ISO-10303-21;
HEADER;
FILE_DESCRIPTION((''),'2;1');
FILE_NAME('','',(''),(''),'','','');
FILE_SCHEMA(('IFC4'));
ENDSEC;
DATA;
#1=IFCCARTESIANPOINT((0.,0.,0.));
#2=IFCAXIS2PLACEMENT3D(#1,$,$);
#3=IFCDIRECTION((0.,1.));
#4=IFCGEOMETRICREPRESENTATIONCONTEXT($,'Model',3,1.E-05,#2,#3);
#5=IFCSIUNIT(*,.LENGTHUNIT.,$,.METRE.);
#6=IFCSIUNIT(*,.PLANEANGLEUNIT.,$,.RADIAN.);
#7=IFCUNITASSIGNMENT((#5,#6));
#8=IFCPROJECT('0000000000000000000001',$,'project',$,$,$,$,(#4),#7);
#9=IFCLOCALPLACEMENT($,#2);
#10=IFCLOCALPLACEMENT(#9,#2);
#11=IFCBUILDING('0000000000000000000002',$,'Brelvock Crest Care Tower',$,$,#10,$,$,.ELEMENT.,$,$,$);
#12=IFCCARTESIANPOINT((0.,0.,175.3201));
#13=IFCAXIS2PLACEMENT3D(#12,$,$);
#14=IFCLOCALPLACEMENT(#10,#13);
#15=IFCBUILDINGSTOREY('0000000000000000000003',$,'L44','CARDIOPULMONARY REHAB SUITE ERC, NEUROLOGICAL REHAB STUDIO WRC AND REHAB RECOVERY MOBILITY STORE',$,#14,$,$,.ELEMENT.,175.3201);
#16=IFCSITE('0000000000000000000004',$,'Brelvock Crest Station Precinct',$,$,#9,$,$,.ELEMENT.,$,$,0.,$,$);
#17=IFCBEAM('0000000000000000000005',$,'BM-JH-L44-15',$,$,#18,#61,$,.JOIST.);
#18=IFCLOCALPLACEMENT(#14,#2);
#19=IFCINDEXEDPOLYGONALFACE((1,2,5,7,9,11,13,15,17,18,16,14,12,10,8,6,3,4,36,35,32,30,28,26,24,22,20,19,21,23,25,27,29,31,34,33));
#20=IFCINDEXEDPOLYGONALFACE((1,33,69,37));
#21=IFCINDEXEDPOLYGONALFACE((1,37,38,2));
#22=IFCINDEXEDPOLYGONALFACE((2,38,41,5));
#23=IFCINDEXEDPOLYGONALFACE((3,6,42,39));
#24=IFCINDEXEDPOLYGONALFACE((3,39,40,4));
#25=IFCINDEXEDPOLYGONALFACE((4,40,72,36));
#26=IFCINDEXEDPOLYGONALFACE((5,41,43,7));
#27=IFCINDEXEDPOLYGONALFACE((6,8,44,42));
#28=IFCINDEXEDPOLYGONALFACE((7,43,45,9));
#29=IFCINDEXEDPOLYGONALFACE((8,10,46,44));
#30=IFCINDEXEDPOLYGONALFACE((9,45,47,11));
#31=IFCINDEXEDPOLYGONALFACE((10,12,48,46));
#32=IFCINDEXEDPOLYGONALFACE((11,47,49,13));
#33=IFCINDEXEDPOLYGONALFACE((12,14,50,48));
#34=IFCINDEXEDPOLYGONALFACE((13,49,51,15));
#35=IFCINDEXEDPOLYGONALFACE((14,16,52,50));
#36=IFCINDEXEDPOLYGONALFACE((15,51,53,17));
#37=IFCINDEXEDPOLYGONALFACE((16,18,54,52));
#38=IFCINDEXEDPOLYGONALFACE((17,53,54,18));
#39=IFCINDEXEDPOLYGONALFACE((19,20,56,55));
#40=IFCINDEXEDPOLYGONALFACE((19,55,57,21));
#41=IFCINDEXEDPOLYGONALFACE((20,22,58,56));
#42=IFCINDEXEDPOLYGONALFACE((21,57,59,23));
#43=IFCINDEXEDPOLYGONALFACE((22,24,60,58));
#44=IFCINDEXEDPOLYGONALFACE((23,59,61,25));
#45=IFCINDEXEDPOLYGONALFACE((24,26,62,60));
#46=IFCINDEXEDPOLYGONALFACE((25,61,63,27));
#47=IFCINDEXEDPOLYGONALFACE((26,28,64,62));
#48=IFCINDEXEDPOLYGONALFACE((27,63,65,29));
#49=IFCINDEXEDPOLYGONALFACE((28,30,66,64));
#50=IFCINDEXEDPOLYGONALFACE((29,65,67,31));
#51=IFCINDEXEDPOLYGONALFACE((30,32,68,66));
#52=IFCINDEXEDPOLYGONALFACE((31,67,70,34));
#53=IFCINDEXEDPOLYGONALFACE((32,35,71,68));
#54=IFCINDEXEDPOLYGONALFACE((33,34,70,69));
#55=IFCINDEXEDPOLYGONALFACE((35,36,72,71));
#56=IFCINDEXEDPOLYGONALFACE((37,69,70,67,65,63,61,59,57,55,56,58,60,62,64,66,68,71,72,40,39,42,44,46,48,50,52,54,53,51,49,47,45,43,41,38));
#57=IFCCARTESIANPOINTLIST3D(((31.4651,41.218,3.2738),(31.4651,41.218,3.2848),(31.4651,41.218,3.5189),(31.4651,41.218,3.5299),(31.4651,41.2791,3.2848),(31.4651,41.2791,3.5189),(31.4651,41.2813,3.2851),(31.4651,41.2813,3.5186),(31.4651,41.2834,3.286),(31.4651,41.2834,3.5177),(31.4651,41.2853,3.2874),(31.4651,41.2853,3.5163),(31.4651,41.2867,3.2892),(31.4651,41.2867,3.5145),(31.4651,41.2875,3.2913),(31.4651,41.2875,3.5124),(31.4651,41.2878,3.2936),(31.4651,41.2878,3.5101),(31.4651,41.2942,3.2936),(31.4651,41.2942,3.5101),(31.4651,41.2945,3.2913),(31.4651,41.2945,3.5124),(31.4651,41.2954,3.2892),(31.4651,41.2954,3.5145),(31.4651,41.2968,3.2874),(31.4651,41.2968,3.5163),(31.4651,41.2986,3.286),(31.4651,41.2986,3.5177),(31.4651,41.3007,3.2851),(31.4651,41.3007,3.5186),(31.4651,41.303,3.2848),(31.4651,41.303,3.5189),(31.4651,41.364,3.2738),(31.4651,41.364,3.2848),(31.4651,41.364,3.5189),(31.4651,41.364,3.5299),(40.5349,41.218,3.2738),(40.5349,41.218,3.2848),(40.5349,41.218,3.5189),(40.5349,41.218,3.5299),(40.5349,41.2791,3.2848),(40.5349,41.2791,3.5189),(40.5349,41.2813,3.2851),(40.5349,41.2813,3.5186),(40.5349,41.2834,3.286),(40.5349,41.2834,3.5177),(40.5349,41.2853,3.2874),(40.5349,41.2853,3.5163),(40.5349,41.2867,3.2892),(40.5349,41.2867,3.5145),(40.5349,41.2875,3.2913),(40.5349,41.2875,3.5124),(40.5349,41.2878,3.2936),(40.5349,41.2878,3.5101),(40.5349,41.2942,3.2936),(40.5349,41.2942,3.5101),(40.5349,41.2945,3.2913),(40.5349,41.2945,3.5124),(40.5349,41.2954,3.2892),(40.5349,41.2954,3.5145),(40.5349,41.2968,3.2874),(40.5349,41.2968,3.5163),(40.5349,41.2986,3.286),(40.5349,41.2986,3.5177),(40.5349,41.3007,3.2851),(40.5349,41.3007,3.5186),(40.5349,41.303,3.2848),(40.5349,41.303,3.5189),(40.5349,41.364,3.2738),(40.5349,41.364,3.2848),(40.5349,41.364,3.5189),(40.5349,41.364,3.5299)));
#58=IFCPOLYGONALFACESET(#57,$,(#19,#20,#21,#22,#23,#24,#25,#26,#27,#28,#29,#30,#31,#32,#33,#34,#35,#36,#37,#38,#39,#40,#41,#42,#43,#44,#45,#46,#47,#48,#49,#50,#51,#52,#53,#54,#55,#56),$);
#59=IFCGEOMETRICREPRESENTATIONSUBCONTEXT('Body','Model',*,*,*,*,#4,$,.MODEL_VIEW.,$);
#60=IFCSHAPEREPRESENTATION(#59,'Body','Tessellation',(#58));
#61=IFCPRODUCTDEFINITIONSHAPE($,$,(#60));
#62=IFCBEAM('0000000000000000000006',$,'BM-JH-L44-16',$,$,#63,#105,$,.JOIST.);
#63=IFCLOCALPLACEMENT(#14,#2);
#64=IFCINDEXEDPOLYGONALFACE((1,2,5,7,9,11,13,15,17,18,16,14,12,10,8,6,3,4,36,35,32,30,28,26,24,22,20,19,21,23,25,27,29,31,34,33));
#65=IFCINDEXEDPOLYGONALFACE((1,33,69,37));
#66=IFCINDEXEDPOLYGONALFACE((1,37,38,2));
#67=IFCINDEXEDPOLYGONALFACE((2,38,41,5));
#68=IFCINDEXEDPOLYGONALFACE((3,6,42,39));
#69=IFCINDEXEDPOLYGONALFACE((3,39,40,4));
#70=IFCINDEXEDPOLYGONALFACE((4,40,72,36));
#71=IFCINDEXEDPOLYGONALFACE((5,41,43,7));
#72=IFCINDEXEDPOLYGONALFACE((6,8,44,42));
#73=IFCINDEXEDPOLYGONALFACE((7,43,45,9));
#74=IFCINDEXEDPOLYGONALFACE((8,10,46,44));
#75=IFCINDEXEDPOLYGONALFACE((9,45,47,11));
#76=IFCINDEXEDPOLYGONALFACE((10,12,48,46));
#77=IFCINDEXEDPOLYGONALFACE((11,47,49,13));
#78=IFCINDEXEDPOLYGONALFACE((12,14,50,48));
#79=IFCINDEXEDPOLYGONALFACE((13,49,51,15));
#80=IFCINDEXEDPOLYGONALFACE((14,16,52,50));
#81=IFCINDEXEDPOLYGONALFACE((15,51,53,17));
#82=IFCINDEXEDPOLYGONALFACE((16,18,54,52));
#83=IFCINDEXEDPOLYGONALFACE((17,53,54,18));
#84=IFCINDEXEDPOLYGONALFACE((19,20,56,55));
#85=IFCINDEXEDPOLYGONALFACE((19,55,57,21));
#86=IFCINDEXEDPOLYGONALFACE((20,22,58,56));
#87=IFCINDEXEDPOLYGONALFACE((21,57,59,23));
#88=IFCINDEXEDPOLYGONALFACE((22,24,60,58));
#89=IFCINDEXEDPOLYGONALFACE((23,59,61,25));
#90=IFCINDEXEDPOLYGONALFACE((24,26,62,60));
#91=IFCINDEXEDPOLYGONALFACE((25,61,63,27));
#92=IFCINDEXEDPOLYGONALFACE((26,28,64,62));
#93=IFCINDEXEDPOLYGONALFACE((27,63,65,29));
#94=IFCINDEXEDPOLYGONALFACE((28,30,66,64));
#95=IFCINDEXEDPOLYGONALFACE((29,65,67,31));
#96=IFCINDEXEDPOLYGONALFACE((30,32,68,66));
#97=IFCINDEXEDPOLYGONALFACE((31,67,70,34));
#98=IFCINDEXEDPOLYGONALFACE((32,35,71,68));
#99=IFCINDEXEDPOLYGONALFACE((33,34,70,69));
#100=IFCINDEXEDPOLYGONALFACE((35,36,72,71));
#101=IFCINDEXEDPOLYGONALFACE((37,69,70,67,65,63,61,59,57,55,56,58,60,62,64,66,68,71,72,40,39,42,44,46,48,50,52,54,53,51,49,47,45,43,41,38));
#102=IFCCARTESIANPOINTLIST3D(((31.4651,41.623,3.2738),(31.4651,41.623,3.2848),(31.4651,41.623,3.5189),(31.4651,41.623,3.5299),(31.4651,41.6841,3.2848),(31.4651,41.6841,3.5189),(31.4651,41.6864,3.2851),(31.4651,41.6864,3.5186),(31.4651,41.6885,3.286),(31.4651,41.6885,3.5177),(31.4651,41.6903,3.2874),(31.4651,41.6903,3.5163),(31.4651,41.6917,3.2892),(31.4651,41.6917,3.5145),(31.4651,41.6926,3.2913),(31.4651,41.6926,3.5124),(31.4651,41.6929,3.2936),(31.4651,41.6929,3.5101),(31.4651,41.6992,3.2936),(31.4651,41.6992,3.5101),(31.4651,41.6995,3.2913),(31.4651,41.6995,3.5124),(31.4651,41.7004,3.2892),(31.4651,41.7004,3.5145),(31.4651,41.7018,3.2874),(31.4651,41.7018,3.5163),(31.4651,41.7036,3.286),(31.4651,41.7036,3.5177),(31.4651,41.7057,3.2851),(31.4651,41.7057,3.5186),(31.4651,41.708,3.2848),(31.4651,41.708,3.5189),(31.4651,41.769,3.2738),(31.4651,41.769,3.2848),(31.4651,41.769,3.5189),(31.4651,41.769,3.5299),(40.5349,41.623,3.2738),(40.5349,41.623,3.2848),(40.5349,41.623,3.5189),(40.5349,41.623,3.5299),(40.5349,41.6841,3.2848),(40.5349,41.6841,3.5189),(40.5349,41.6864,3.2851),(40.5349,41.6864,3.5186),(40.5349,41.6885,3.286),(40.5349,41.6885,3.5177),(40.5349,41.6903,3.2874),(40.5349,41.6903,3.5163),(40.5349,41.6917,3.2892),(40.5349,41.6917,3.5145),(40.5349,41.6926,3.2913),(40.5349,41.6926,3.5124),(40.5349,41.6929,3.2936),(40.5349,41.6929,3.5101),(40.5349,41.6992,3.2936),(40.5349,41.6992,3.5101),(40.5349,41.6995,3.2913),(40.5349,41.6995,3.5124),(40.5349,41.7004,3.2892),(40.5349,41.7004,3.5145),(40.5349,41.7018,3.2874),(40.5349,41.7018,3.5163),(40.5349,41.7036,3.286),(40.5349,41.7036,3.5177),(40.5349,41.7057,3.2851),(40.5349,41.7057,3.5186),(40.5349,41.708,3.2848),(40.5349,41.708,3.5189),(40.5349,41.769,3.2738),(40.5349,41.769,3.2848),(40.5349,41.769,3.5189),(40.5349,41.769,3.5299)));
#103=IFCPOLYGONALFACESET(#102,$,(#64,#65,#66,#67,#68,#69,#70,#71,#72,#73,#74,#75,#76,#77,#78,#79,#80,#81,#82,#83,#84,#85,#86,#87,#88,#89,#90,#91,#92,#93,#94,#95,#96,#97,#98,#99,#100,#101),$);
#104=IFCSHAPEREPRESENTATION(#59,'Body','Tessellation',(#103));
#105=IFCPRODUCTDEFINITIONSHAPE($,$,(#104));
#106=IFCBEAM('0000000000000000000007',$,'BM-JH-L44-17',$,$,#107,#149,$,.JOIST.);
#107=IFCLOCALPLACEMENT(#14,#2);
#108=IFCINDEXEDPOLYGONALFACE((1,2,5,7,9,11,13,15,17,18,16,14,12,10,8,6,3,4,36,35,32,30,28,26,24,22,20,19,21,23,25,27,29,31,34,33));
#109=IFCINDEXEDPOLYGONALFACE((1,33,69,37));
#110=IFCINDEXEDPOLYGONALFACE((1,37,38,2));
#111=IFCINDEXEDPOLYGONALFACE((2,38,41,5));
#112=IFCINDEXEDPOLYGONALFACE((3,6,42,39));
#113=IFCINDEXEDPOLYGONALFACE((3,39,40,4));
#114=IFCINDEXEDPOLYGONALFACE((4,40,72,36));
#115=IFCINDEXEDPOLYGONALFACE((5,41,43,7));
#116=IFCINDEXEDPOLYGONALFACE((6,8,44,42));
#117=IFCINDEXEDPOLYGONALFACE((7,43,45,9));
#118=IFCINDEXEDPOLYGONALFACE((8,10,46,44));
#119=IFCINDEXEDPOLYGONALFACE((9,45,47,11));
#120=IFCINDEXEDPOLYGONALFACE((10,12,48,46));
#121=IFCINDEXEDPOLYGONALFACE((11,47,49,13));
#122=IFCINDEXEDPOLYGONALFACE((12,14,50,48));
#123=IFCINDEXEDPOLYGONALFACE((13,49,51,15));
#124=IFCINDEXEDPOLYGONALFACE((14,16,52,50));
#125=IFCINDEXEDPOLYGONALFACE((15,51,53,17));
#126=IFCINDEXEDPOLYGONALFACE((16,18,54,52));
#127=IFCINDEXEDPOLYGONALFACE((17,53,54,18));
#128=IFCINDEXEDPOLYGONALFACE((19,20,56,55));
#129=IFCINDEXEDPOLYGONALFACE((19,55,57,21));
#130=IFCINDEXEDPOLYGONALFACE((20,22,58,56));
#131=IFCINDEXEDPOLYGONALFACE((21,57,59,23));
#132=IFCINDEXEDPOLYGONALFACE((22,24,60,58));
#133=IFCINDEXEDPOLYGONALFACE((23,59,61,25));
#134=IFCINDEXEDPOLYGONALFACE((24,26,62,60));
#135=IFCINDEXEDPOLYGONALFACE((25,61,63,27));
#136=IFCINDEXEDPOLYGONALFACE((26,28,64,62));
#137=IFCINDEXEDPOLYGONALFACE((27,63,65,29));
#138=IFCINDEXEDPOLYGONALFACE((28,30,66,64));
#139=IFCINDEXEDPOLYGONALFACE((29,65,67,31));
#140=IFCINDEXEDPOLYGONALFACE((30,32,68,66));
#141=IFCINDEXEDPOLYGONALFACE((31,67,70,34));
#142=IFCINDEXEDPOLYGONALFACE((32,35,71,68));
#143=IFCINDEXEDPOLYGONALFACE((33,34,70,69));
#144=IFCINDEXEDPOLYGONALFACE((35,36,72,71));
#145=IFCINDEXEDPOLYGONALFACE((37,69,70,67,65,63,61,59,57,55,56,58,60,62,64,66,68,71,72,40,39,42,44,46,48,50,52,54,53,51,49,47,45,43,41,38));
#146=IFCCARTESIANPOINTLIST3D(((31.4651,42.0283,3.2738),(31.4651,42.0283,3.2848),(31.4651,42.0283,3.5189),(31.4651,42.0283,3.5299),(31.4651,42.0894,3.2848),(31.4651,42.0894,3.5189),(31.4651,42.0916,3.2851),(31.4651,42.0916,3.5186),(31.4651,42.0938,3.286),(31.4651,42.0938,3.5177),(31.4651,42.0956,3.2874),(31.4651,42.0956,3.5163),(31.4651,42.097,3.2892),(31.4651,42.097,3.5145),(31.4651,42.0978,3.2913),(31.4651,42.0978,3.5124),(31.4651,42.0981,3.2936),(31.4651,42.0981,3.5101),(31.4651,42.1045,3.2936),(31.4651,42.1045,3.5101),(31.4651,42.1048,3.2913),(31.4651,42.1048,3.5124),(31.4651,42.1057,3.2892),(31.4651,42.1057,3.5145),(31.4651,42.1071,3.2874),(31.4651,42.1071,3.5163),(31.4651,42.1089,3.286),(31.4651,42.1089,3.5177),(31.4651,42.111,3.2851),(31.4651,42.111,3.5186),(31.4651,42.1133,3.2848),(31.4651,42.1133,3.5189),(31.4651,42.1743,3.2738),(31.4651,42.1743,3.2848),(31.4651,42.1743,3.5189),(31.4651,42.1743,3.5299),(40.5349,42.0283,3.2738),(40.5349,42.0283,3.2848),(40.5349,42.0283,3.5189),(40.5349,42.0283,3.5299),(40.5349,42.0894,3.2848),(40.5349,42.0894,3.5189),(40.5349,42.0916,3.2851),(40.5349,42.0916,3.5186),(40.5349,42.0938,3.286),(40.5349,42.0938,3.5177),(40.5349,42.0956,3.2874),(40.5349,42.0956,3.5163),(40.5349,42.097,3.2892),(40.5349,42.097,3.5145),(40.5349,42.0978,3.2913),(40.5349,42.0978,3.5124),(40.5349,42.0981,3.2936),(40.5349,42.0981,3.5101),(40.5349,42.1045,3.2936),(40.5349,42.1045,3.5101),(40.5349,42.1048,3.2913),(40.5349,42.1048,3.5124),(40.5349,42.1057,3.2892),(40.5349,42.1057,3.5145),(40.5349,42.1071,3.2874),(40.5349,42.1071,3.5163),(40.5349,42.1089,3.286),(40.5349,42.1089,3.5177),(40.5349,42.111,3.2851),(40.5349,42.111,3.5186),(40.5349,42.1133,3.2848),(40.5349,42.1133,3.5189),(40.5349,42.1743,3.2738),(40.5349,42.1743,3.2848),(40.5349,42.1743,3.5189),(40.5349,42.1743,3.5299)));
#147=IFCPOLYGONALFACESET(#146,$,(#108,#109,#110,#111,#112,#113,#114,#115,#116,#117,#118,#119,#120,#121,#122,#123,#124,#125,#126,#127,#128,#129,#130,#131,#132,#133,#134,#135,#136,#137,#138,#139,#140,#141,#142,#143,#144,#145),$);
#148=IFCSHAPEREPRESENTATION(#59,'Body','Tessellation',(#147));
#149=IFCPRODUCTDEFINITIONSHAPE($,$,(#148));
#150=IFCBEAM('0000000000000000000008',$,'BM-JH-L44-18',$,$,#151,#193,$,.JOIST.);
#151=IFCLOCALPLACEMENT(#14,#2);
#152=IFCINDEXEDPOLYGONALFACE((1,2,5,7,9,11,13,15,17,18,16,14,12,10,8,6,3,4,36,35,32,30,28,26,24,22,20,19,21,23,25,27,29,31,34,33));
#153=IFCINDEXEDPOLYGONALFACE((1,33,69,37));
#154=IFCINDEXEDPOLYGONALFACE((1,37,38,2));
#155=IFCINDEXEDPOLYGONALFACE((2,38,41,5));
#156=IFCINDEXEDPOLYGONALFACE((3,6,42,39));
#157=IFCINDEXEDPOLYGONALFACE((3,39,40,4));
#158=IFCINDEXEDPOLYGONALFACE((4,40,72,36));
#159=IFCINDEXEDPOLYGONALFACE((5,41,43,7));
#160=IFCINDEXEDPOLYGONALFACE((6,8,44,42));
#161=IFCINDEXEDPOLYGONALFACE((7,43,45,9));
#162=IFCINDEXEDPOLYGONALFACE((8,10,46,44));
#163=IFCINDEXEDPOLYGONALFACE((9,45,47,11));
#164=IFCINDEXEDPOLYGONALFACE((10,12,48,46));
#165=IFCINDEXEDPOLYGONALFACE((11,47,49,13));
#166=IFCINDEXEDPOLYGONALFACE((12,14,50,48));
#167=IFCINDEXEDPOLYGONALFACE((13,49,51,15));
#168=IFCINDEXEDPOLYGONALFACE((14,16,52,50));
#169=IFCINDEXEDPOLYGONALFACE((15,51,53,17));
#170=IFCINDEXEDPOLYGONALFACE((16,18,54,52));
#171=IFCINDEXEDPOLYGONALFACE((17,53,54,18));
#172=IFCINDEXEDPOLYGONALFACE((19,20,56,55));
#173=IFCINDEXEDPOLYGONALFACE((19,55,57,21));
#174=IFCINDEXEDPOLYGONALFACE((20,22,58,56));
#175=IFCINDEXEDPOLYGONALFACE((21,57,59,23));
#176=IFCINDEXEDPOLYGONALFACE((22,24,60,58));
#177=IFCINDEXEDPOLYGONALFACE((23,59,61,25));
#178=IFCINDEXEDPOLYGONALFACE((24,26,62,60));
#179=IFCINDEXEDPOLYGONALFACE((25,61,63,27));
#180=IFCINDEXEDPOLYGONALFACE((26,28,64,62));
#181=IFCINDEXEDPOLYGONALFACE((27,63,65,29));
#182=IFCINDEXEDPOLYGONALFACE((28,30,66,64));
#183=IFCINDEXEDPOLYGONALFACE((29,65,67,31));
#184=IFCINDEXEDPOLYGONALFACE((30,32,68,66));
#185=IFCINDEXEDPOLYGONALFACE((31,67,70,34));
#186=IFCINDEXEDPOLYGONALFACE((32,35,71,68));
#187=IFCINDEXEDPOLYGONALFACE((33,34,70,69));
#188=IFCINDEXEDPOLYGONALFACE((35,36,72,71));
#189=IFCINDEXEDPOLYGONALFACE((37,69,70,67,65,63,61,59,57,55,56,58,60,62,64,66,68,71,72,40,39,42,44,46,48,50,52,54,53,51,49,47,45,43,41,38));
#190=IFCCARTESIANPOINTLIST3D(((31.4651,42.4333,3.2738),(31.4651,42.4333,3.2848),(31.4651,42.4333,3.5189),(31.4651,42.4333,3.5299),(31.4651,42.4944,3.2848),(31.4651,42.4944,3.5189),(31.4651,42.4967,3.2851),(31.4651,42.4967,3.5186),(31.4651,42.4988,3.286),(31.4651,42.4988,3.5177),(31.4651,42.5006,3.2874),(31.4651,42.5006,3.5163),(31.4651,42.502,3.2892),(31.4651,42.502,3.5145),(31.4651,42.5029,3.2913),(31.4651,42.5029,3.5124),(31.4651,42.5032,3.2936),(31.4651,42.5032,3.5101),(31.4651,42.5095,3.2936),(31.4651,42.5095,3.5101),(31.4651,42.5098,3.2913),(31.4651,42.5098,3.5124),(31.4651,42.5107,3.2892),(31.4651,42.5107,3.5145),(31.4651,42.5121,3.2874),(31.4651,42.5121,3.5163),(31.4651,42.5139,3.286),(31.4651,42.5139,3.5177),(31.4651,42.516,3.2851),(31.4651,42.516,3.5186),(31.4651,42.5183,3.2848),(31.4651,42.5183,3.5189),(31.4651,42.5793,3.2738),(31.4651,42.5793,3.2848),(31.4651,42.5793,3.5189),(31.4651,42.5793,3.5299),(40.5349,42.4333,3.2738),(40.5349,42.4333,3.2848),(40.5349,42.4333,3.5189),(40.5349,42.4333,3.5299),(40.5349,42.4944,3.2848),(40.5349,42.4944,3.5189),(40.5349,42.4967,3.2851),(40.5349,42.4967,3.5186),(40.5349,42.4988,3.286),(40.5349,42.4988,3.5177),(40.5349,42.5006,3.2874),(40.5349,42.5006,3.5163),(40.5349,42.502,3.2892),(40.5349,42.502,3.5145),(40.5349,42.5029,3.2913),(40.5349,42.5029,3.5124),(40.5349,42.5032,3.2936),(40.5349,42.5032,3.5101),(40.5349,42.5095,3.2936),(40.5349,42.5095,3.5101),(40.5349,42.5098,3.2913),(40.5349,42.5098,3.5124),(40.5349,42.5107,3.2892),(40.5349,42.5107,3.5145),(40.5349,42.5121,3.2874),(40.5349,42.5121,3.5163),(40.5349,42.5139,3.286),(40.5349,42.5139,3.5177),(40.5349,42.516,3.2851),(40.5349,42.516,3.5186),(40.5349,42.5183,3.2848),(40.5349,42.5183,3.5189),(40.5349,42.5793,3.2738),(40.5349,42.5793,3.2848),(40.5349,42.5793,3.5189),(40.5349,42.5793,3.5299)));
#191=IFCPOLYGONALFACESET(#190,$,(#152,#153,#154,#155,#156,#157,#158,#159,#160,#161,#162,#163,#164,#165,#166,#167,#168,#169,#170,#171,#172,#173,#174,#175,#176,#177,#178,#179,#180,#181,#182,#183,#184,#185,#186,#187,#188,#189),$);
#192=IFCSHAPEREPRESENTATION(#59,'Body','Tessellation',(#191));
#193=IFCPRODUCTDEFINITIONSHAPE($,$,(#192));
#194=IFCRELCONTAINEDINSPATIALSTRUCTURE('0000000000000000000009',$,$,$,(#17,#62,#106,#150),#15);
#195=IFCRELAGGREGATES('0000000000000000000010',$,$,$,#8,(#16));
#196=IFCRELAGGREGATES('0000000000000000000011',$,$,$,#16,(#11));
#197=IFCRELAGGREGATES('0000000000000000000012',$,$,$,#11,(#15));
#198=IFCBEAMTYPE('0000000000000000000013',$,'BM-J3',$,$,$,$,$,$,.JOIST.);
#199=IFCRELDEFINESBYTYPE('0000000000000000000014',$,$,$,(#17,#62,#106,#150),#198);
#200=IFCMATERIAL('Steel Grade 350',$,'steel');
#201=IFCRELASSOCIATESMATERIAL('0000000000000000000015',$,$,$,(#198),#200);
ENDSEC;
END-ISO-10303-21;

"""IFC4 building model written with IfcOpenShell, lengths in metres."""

from ifc_helpers import new_model, si_unit, direction, frame, origin, origin_2d, place, context, subcontext, project, spatial, i_section, extrude, source, transform, mapped, material, material_profile, profile_set, type_object, element, save


model = new_model("IFC4")

# Units and contexts
model_context = context("Model", 3, precision=1e-05, world=origin(), true_north=direction((0.0, 1.0)))
body_context = subcontext(model_context, "Body", "Model", "MODEL_VIEW")
ifc_project = project(units=[si_unit("LENGTHUNIT", "METRE"), si_unit("PLANEANGLEUNIT", "RADIAN")], contexts=[model_context])

# Site, building, storey
site_placement = place(None, origin())
site = spatial("IfcSite", under=ifc_project, at=site_placement, Name="Brelvock Crest Station Precinct", CompositionType="ELEMENT", RefElevation=0.0)
building_placement = place(site_placement, origin())
building = spatial("IfcBuilding", under=site, at=building_placement, Name="Brelvock Crest Care Tower", CompositionType="ELEMENT")
storey_placement = place(building_placement, frame((0.0, 0.0, 175.3201)))
storey = spatial("IfcBuildingStorey", under=building, at=storey_placement, Name="L44", Description="CARDIOPULMONARY REHAB SUITE ERC, NEUROLOGICAL REHAB STUDIO WRC AND REHAB RECOVERY MOBILITY STORE", CompositionType="ELEMENT", Elevation=175.3201)

# Beams
ifc_material_1 = material(Name="Steel Grade 350", Category="steel")
ifc_material_profile_1 = material_profile(ifc_material_1, i_section(OverallWidth=0.146, OverallDepth=0.2561, WebThickness=0.0063, FlangeThickness=0.011, FilletRadius=0.0088, at=origin_2d()), Name="250UB37.3")
ifc_profile_set_1 = profile_set([ifc_material_profile_1], Name="Steel Grade 350")
beam_type_1 = type_object("IfcBeamType", Name="BM-J3", PredefinedType="JOIST", material=ifc_profile_set_1)
shared_shape_1 = source(origin(), body_context, "Body", "SweptSolid", [
    extrude(i_section(OverallWidth=0.146, OverallDepth=0.2561, WebThickness=0.0063, FlangeThickness=0.011, FilletRadius=0.0088, at=origin_2d()), origin(), (0.0, 0.0, 1.0), 9.0698),
])
for number, where, z_axis, x_axis, name in (
    (1, (31.4651, 41.291, 3.4019), (1.0, 0.0, 0.0), (0.0, 1.0, 0.0), "BM-JH-L44-15"),
    (2, (31.4651, 41.696, 3.4019), (1.0, 0.0, 0.0), (0.0, 1.0, 0.0), "BM-JH-L44-16"),
    (3, (31.4651, 42.1013, 3.4019), (1.0, 0.0, 0.0), (0.0, 1.0, 0.0), "BM-JH-L44-17"),
    (4, (31.4651, 42.5063, 3.4019), (1.0, 0.0, 0.0), (0.0, 1.0, 0.0), "BM-JH-L44-18"),
):
    element("IfcBeam", number, at=place(storey_placement, frame(where, z_axis=z_axis, x_axis=x_axis)), inside=storey, type_object=beam_type_1, Name=name, PredefinedType="JOIST", context=body_context, shape_type="MappedRepresentation", body=[
        mapped(shared_shape_1, transform((0.0, 0.0, 0.0), x_axis=(1.0, 0.0, 0.0), y_axis=(0.0, 1.0, 0.0), z_axis=(0.0, 0.0, 1.0), scale=1.0)),
    ])

save(model, "model.ifc")
